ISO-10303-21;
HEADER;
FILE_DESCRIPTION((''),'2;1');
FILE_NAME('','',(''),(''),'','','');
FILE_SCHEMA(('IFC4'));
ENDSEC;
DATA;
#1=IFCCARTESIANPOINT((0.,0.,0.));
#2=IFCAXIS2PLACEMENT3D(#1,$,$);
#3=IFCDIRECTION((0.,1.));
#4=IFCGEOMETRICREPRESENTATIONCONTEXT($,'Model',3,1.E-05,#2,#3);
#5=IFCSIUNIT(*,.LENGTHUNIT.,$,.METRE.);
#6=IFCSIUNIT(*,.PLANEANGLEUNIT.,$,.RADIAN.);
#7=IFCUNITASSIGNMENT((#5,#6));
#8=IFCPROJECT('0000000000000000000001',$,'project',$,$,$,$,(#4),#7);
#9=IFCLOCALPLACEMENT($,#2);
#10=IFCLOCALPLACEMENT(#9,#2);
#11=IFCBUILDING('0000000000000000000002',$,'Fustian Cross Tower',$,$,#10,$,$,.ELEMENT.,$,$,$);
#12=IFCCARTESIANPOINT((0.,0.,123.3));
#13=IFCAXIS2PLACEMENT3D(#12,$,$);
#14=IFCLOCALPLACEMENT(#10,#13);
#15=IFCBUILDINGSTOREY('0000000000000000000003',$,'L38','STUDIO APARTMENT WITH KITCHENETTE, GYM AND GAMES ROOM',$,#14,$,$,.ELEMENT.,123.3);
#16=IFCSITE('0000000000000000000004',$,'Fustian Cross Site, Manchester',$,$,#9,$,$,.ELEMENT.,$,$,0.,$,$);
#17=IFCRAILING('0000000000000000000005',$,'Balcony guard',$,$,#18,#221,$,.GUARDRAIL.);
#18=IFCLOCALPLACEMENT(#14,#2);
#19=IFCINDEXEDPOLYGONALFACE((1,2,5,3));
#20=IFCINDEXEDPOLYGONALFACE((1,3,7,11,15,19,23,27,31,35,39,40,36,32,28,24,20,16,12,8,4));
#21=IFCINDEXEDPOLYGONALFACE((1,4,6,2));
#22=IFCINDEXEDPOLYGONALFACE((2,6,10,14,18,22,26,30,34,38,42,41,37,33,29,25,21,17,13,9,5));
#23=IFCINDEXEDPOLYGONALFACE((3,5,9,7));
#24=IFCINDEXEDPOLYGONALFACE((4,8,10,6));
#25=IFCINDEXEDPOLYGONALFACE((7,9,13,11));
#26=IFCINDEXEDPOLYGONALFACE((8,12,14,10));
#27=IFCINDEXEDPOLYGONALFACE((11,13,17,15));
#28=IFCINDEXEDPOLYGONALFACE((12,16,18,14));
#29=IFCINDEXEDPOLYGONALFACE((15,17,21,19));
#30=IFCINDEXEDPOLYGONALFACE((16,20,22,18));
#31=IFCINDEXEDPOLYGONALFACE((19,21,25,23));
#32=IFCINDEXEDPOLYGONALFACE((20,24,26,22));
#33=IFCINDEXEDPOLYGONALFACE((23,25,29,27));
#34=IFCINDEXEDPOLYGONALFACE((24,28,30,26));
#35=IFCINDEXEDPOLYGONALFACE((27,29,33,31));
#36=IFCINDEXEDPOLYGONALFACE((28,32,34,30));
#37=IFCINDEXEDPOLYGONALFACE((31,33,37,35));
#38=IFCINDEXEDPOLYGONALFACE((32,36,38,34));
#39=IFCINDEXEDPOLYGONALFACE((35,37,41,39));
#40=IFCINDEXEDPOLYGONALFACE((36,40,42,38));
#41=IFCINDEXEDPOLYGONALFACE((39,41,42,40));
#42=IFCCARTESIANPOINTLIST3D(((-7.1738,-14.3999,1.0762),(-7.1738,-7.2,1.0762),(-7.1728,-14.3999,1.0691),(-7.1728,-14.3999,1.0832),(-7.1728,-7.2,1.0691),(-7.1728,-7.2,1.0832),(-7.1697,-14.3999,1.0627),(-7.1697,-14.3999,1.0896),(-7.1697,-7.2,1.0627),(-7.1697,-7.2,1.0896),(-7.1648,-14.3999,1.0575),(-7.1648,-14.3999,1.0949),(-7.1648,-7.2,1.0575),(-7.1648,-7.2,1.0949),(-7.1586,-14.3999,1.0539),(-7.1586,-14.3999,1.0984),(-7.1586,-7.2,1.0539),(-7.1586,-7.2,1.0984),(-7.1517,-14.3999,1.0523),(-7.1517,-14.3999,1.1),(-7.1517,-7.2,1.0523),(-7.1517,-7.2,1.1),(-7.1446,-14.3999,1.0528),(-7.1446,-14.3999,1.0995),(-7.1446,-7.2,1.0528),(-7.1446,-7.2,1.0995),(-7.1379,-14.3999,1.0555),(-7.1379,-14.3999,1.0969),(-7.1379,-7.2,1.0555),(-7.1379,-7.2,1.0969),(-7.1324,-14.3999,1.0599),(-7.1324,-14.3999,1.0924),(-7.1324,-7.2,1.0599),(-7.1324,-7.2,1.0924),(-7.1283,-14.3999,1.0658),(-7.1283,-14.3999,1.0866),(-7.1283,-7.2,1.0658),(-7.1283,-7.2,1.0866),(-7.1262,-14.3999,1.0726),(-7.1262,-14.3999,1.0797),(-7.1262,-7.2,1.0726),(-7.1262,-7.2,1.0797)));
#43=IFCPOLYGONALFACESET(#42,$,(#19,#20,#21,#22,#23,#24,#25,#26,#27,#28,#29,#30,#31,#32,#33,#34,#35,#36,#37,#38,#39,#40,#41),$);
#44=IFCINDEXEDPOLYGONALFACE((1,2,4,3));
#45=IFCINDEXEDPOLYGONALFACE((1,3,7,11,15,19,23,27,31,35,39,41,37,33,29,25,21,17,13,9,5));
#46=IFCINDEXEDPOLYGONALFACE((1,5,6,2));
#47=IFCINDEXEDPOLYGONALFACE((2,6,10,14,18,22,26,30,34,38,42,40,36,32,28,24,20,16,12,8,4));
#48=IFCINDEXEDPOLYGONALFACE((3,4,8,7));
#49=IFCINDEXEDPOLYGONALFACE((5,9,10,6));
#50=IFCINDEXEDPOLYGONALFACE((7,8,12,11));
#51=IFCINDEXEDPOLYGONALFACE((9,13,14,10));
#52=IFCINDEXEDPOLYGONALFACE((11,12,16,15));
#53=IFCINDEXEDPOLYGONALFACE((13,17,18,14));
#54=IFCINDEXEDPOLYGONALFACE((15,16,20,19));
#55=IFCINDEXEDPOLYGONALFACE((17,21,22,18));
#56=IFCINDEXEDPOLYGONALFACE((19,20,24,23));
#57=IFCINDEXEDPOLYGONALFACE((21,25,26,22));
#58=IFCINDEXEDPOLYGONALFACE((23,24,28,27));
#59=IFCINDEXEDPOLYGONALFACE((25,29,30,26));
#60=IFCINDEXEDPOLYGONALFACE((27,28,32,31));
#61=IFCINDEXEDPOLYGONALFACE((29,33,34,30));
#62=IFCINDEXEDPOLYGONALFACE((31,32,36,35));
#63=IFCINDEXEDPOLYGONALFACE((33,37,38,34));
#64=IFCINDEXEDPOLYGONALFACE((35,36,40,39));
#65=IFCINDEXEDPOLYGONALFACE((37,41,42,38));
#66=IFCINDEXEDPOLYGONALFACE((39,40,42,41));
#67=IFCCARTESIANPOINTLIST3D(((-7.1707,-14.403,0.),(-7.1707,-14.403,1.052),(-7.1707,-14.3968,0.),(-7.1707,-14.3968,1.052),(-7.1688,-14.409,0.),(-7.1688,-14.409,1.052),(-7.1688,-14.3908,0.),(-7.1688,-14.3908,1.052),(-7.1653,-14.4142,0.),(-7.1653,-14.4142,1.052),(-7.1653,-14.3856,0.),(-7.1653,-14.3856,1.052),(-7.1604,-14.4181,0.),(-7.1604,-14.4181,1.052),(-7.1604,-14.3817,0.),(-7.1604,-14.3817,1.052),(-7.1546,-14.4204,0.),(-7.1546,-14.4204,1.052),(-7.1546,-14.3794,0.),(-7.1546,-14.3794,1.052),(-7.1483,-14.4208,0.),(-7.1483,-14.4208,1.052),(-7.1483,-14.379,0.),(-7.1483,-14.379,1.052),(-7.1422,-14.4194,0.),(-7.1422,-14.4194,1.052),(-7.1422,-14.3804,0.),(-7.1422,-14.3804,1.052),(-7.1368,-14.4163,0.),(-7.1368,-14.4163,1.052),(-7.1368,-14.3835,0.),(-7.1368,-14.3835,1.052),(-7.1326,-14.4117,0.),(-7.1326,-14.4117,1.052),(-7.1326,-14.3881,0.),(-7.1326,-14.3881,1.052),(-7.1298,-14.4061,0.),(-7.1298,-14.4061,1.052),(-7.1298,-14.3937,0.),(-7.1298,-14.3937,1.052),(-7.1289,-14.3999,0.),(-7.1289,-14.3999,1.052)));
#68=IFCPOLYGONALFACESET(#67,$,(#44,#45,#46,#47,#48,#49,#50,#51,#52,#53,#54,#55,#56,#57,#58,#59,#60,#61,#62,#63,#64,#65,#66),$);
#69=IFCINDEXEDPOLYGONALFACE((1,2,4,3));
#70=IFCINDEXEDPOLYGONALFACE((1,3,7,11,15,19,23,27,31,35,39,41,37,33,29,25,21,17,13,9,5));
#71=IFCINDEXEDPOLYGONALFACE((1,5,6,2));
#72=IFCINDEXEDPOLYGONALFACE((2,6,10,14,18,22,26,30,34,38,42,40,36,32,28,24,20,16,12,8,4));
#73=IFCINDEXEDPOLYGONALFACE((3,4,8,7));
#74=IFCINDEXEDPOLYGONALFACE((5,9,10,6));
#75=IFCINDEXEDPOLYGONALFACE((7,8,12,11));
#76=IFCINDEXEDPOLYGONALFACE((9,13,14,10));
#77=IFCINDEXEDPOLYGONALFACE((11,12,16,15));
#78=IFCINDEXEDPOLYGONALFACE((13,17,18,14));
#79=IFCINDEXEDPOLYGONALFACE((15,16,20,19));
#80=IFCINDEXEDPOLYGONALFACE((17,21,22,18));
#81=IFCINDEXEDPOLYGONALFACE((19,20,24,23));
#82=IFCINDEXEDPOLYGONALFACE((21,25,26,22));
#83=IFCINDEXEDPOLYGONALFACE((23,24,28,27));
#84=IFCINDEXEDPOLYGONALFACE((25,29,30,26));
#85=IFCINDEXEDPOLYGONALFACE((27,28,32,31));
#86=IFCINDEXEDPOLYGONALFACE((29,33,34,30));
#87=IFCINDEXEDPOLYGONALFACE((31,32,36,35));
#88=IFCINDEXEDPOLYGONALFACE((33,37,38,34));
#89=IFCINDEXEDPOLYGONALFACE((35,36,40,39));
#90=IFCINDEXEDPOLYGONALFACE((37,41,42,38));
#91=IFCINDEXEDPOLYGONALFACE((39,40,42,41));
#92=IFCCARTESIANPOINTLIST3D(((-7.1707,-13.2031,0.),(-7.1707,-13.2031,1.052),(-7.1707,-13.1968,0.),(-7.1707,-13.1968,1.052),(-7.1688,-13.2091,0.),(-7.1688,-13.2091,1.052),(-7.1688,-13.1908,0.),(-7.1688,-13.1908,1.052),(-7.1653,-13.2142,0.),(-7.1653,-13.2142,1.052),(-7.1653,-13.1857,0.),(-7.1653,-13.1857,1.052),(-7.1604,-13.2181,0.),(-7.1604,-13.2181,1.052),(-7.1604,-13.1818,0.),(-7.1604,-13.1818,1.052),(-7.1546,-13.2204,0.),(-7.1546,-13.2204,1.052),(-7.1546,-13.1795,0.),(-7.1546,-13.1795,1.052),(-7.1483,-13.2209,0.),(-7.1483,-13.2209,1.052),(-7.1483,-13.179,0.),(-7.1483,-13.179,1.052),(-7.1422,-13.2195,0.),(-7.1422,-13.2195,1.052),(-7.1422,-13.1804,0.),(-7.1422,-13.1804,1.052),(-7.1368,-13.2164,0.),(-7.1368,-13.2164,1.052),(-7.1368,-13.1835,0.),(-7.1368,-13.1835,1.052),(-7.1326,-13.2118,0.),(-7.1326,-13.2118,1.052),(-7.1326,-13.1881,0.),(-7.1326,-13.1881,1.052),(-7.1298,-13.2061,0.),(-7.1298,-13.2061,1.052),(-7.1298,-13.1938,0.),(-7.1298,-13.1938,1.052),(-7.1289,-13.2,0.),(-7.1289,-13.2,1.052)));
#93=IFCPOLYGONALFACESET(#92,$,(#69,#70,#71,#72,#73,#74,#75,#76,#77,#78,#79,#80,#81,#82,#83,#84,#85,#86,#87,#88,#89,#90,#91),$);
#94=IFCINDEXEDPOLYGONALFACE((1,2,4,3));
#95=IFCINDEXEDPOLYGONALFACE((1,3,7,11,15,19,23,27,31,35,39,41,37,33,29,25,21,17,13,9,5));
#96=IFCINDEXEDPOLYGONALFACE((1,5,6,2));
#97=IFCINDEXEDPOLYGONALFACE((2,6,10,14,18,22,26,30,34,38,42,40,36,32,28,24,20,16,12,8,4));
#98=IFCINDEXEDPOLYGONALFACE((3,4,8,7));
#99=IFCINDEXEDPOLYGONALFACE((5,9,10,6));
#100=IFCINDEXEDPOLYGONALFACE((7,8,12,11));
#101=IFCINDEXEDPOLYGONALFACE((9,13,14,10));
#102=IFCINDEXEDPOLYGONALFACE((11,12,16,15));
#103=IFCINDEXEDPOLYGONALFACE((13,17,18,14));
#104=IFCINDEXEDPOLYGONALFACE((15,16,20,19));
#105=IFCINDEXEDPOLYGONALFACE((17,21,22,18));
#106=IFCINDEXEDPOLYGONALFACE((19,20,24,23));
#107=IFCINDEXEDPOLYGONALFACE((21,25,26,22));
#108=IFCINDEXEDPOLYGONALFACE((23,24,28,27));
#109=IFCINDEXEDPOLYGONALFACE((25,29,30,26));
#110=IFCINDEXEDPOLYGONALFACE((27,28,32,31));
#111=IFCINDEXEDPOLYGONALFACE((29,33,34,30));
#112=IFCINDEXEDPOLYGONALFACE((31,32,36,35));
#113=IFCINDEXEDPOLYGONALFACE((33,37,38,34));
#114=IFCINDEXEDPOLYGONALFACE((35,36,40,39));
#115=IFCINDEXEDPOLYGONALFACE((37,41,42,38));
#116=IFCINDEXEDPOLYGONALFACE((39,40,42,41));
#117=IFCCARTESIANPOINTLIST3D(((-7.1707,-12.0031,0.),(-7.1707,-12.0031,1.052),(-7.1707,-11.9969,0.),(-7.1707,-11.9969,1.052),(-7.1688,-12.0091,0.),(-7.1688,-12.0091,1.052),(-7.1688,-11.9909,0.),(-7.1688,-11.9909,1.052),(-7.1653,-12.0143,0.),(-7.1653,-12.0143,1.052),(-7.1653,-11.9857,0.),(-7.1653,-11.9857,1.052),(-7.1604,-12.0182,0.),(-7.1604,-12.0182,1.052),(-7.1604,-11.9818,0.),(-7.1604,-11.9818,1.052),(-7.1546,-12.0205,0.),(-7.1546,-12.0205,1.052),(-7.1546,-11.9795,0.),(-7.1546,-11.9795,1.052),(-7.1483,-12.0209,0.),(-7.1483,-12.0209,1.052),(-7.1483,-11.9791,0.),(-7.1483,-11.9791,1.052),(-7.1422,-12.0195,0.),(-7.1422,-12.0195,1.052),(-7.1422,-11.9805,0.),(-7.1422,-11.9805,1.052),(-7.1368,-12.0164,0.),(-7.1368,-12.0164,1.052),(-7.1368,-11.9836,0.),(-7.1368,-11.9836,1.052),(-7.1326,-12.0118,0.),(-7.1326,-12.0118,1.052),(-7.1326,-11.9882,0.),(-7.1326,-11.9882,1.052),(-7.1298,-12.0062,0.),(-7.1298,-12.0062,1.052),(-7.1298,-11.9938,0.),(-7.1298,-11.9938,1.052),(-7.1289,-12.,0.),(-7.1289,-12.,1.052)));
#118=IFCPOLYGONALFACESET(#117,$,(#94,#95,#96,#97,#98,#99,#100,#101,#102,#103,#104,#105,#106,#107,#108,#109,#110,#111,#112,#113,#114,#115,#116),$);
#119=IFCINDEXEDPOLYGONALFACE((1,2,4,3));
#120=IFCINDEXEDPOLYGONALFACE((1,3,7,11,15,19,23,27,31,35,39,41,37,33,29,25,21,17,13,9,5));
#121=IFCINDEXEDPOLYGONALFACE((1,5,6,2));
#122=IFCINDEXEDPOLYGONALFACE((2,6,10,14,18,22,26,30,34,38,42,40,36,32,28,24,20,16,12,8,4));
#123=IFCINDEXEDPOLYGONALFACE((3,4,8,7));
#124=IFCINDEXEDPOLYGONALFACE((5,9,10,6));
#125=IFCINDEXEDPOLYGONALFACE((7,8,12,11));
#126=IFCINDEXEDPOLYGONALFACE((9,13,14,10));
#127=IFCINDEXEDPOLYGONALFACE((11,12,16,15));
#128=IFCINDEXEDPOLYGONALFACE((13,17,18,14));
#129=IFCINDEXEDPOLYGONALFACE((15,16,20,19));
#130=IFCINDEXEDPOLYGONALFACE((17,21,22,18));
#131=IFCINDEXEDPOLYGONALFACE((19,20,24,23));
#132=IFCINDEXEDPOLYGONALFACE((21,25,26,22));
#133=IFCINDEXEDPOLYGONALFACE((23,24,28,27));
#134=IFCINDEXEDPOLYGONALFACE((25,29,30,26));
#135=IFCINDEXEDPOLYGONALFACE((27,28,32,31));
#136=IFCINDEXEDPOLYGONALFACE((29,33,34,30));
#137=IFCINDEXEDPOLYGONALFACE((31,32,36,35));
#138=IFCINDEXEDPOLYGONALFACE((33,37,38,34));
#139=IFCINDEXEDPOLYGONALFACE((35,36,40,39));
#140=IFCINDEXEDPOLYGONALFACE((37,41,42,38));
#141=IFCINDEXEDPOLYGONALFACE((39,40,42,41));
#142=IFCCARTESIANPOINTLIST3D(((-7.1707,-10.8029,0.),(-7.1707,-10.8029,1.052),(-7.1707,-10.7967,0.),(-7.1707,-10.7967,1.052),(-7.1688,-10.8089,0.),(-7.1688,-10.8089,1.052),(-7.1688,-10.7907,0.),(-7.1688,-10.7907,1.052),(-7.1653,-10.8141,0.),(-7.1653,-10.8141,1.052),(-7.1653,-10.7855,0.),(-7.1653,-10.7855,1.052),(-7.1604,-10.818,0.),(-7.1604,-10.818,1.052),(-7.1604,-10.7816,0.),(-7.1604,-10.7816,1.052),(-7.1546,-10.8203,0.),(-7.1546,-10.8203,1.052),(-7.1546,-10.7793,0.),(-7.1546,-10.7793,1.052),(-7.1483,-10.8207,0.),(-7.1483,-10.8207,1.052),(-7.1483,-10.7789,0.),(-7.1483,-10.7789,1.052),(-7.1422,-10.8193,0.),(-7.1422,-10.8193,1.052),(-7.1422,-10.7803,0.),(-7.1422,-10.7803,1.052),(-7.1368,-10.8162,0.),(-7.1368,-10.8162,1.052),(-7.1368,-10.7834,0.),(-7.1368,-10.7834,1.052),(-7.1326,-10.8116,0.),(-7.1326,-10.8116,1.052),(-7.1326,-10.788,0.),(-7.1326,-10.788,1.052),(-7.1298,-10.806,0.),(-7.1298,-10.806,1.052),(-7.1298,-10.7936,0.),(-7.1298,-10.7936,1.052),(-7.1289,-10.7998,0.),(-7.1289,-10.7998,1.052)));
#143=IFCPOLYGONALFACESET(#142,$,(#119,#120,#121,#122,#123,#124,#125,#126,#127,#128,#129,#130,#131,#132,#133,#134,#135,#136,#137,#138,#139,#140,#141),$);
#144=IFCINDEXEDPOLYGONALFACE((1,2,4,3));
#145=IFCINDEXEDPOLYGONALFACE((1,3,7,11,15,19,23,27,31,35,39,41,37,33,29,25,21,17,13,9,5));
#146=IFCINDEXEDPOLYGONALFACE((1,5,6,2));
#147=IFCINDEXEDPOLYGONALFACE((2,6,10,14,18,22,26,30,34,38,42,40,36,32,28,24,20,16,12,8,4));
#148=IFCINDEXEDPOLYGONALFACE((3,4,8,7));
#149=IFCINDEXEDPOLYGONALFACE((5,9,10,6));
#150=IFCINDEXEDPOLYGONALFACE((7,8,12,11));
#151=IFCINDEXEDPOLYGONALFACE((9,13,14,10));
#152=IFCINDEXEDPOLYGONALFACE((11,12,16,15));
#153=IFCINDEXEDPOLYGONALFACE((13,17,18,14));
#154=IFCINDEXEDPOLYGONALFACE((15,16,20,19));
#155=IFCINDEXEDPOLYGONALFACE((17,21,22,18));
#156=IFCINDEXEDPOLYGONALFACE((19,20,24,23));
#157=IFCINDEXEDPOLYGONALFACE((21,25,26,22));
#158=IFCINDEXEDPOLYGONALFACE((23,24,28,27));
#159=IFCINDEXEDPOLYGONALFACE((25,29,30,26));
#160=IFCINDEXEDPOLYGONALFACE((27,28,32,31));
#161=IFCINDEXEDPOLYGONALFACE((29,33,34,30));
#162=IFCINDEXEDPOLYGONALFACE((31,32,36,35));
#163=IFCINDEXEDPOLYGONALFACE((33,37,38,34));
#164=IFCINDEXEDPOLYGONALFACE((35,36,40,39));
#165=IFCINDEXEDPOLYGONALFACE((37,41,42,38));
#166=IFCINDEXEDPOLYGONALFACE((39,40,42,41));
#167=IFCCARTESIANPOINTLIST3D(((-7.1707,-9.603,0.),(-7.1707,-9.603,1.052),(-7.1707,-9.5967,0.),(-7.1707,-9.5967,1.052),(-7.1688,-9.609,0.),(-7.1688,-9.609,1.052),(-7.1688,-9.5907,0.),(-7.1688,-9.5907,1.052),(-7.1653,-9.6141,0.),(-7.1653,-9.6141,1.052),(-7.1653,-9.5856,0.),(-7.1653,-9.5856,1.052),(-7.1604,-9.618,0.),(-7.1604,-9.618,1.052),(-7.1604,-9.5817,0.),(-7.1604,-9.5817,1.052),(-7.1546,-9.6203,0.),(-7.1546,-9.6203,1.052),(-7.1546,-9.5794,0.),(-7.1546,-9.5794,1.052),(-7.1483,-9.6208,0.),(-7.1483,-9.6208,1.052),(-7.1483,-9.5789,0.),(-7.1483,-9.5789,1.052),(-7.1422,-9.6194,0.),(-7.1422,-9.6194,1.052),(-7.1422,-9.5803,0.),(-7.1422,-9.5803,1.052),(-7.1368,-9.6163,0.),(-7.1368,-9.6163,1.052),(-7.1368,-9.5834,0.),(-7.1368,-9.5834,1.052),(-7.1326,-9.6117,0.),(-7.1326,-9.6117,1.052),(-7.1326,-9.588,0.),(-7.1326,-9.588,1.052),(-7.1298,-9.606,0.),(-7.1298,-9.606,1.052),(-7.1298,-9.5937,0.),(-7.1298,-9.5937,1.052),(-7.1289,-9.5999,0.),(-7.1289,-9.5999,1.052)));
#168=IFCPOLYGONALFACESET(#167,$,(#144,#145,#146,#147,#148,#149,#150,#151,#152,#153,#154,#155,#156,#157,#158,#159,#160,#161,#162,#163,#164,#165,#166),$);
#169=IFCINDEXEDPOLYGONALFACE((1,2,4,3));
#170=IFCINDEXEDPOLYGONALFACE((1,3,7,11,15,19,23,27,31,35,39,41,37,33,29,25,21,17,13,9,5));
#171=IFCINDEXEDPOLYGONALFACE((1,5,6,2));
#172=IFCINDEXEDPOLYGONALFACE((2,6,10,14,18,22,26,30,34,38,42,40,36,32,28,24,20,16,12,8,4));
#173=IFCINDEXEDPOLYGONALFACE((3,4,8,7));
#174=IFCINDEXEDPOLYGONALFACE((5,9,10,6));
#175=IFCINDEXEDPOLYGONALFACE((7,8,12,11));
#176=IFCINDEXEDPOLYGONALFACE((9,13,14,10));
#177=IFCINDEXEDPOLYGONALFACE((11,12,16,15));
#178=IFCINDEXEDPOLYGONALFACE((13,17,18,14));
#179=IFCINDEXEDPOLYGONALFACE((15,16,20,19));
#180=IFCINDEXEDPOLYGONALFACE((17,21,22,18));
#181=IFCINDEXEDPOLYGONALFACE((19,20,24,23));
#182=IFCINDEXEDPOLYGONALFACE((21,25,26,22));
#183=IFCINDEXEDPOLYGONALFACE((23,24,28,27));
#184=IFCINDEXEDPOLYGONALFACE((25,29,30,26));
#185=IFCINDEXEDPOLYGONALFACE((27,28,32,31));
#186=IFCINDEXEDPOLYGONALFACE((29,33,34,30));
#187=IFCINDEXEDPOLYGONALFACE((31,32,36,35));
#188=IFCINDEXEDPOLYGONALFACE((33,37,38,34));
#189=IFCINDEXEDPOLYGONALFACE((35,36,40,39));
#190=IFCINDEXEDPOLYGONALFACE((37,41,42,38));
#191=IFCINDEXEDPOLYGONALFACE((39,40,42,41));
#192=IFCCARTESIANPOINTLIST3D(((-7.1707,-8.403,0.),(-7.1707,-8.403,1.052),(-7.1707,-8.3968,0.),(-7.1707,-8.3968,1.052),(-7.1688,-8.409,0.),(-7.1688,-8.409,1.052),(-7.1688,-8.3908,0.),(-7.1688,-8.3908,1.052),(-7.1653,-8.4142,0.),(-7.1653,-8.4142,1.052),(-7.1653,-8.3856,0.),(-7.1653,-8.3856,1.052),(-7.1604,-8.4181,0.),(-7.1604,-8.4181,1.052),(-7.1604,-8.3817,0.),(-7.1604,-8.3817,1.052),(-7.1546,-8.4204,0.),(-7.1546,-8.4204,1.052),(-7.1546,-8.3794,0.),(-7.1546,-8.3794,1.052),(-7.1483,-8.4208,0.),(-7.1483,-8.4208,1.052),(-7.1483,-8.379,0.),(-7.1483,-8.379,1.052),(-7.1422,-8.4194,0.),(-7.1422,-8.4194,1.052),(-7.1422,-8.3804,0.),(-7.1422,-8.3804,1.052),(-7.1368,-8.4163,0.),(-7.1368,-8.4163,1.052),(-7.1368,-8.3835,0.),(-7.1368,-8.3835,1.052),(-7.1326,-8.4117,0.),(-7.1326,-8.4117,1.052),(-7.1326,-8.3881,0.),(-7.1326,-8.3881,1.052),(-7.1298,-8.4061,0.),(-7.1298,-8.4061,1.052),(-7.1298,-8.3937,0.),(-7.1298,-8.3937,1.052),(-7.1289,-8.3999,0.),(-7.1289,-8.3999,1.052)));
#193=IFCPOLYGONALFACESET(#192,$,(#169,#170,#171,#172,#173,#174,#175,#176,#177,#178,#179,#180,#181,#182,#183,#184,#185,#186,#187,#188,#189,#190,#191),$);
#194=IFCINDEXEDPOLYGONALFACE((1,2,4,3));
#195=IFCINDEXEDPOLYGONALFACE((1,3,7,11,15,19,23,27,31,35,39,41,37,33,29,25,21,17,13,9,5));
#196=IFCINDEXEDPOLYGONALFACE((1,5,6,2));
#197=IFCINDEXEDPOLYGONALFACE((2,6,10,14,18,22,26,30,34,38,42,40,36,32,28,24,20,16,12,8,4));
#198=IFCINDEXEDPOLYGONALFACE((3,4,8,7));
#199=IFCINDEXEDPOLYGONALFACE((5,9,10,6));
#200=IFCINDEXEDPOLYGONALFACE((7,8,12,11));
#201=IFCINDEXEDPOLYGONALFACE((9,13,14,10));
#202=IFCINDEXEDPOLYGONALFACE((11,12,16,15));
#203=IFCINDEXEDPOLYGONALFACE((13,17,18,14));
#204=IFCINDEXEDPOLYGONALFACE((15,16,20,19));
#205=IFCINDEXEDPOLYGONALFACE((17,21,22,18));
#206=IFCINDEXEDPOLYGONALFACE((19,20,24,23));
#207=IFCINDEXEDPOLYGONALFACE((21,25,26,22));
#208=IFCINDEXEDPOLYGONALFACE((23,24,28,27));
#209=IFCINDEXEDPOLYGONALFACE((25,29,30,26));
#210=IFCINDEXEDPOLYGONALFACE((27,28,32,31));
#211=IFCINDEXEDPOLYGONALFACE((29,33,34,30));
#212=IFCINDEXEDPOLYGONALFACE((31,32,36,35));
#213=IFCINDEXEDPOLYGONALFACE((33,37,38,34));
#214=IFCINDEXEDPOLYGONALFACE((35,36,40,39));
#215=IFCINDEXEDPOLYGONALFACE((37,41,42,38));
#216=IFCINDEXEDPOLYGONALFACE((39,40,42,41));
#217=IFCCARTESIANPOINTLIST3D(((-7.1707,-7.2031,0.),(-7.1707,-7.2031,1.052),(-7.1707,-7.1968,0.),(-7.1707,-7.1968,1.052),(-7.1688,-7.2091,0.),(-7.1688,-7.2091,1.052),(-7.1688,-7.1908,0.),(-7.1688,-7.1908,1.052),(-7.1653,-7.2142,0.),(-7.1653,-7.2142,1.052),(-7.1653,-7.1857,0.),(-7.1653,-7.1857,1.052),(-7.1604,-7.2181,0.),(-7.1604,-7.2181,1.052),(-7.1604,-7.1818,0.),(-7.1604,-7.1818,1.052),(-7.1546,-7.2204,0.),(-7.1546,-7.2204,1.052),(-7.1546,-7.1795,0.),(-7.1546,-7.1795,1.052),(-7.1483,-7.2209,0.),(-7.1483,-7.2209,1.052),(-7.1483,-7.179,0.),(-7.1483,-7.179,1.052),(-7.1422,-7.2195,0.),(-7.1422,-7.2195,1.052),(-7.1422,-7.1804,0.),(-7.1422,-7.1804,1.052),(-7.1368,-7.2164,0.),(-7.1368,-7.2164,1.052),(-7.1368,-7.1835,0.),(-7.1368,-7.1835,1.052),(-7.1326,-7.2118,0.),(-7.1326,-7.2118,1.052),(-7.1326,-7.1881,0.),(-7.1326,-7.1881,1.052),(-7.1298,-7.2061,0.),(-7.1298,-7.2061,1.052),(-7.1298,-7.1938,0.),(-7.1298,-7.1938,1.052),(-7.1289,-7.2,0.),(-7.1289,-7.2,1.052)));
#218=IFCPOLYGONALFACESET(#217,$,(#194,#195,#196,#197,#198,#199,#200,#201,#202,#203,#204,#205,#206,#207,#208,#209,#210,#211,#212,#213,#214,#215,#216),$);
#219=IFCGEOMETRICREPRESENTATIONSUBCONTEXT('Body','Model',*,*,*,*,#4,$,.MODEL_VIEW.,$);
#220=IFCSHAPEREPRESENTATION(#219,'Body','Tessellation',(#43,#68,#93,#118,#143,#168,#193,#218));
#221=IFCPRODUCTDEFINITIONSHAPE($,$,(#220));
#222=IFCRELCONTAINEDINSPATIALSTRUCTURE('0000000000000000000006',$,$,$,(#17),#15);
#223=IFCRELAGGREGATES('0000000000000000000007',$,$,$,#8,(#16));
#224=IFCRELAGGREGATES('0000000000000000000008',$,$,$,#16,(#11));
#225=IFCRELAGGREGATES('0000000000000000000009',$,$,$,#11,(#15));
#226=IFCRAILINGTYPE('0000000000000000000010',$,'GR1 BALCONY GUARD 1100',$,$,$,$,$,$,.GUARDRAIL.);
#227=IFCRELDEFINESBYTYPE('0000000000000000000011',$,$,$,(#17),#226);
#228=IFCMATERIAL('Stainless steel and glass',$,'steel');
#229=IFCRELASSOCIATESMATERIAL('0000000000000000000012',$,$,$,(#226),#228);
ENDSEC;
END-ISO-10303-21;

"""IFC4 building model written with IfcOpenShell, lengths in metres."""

from ifc_helpers import new_model, si_unit, direction, frame, origin, origin_2d, place, context, subcontext, project, spatial, circle, extrude, material, type_object, element, save


model = new_model("IFC4")

# Units and contexts
model_context = context("Model", 3, precision=1e-05, world=origin(), true_north=direction((0.0, 1.0)))
body_context = subcontext(model_context, "Body", "Model", "MODEL_VIEW")
ifc_project = project(units=[si_unit("LENGTHUNIT", "METRE"), si_unit("PLANEANGLEUNIT", "RADIAN")], contexts=[model_context])

# Site, building, storey
site_placement = place(None, origin())
site = spatial("IfcSite", under=ifc_project, at=site_placement, Name="Fustian Cross Site, Manchester", CompositionType="ELEMENT", RefElevation=0.0)
building_placement = place(site_placement, origin())
building = spatial("IfcBuilding", under=site, at=building_placement, Name="Fustian Cross Tower", CompositionType="ELEMENT")
storey_placement = place(building_placement, frame((0.0, 0.0, 123.3)))
storey = spatial("IfcBuildingStorey", under=building, at=storey_placement, Name="L38", Description="STUDIO APARTMENT WITH KITCHENETTE, GYM AND GAMES ROOM", CompositionType="ELEMENT", Elevation=123.3)

# Railing
ifc_material_1 = material(Name="Stainless steel and glass", Category="steel")
railing_type = type_object("IfcRailingType", Name="GR1 BALCONY GUARD 1100", PredefinedType="GUARDRAIL", material=ifc_material_1)
railing_placement = place(storey_placement, frame((-7.1499, -14.3999, 0.0)))
element("IfcRailing", 1, at=railing_placement, inside=storey, type_object=railing_type, Name="Balcony guard", PredefinedType="GUARDRAIL", context=body_context, shape_type="SweptSolid", body=[
    extrude(circle(Radius=0.0239, at=origin_2d()), frame((0.0, 0.0, 1.0762), z_axis=(0.0, 1.0, 0.0), x_axis=(-1.0, 0.0, 0.0)), (0.0, 0.0, 1.0), 7.2),
    extrude(circle(Radius=0.021, at=origin_2d()), origin(), (0.0, 0.0, 1.0), 1.052),
    extrude(circle(Radius=0.021, at=origin_2d()), frame((0.0, 1.2, 0.0)), (0.0, 0.0, 1.0), 1.052),
    extrude(circle(Radius=0.021, at=origin_2d()), frame((0.0, 2.3999, 0.0)), (0.0, 0.0, 1.0), 1.052),
    extrude(circle(Radius=0.021, at=origin_2d()), frame((0.0, 3.6001, 0.0)), (0.0, 0.0, 1.0), 1.052),
    extrude(circle(Radius=0.021, at=origin_2d()), frame((0.0, 4.8, 0.0)), (0.0, 0.0, 1.0), 1.052),
    extrude(circle(Radius=0.021, at=origin_2d()), frame((0.0, 6.0, 0.0)), (0.0, 0.0, 1.0), 1.052),
    extrude(circle(Radius=0.021, at=origin_2d()), frame((0.0, 7.2, 0.0)), (0.0, 0.0, 1.0), 1.052),
])

save(model, "model.ifc")
